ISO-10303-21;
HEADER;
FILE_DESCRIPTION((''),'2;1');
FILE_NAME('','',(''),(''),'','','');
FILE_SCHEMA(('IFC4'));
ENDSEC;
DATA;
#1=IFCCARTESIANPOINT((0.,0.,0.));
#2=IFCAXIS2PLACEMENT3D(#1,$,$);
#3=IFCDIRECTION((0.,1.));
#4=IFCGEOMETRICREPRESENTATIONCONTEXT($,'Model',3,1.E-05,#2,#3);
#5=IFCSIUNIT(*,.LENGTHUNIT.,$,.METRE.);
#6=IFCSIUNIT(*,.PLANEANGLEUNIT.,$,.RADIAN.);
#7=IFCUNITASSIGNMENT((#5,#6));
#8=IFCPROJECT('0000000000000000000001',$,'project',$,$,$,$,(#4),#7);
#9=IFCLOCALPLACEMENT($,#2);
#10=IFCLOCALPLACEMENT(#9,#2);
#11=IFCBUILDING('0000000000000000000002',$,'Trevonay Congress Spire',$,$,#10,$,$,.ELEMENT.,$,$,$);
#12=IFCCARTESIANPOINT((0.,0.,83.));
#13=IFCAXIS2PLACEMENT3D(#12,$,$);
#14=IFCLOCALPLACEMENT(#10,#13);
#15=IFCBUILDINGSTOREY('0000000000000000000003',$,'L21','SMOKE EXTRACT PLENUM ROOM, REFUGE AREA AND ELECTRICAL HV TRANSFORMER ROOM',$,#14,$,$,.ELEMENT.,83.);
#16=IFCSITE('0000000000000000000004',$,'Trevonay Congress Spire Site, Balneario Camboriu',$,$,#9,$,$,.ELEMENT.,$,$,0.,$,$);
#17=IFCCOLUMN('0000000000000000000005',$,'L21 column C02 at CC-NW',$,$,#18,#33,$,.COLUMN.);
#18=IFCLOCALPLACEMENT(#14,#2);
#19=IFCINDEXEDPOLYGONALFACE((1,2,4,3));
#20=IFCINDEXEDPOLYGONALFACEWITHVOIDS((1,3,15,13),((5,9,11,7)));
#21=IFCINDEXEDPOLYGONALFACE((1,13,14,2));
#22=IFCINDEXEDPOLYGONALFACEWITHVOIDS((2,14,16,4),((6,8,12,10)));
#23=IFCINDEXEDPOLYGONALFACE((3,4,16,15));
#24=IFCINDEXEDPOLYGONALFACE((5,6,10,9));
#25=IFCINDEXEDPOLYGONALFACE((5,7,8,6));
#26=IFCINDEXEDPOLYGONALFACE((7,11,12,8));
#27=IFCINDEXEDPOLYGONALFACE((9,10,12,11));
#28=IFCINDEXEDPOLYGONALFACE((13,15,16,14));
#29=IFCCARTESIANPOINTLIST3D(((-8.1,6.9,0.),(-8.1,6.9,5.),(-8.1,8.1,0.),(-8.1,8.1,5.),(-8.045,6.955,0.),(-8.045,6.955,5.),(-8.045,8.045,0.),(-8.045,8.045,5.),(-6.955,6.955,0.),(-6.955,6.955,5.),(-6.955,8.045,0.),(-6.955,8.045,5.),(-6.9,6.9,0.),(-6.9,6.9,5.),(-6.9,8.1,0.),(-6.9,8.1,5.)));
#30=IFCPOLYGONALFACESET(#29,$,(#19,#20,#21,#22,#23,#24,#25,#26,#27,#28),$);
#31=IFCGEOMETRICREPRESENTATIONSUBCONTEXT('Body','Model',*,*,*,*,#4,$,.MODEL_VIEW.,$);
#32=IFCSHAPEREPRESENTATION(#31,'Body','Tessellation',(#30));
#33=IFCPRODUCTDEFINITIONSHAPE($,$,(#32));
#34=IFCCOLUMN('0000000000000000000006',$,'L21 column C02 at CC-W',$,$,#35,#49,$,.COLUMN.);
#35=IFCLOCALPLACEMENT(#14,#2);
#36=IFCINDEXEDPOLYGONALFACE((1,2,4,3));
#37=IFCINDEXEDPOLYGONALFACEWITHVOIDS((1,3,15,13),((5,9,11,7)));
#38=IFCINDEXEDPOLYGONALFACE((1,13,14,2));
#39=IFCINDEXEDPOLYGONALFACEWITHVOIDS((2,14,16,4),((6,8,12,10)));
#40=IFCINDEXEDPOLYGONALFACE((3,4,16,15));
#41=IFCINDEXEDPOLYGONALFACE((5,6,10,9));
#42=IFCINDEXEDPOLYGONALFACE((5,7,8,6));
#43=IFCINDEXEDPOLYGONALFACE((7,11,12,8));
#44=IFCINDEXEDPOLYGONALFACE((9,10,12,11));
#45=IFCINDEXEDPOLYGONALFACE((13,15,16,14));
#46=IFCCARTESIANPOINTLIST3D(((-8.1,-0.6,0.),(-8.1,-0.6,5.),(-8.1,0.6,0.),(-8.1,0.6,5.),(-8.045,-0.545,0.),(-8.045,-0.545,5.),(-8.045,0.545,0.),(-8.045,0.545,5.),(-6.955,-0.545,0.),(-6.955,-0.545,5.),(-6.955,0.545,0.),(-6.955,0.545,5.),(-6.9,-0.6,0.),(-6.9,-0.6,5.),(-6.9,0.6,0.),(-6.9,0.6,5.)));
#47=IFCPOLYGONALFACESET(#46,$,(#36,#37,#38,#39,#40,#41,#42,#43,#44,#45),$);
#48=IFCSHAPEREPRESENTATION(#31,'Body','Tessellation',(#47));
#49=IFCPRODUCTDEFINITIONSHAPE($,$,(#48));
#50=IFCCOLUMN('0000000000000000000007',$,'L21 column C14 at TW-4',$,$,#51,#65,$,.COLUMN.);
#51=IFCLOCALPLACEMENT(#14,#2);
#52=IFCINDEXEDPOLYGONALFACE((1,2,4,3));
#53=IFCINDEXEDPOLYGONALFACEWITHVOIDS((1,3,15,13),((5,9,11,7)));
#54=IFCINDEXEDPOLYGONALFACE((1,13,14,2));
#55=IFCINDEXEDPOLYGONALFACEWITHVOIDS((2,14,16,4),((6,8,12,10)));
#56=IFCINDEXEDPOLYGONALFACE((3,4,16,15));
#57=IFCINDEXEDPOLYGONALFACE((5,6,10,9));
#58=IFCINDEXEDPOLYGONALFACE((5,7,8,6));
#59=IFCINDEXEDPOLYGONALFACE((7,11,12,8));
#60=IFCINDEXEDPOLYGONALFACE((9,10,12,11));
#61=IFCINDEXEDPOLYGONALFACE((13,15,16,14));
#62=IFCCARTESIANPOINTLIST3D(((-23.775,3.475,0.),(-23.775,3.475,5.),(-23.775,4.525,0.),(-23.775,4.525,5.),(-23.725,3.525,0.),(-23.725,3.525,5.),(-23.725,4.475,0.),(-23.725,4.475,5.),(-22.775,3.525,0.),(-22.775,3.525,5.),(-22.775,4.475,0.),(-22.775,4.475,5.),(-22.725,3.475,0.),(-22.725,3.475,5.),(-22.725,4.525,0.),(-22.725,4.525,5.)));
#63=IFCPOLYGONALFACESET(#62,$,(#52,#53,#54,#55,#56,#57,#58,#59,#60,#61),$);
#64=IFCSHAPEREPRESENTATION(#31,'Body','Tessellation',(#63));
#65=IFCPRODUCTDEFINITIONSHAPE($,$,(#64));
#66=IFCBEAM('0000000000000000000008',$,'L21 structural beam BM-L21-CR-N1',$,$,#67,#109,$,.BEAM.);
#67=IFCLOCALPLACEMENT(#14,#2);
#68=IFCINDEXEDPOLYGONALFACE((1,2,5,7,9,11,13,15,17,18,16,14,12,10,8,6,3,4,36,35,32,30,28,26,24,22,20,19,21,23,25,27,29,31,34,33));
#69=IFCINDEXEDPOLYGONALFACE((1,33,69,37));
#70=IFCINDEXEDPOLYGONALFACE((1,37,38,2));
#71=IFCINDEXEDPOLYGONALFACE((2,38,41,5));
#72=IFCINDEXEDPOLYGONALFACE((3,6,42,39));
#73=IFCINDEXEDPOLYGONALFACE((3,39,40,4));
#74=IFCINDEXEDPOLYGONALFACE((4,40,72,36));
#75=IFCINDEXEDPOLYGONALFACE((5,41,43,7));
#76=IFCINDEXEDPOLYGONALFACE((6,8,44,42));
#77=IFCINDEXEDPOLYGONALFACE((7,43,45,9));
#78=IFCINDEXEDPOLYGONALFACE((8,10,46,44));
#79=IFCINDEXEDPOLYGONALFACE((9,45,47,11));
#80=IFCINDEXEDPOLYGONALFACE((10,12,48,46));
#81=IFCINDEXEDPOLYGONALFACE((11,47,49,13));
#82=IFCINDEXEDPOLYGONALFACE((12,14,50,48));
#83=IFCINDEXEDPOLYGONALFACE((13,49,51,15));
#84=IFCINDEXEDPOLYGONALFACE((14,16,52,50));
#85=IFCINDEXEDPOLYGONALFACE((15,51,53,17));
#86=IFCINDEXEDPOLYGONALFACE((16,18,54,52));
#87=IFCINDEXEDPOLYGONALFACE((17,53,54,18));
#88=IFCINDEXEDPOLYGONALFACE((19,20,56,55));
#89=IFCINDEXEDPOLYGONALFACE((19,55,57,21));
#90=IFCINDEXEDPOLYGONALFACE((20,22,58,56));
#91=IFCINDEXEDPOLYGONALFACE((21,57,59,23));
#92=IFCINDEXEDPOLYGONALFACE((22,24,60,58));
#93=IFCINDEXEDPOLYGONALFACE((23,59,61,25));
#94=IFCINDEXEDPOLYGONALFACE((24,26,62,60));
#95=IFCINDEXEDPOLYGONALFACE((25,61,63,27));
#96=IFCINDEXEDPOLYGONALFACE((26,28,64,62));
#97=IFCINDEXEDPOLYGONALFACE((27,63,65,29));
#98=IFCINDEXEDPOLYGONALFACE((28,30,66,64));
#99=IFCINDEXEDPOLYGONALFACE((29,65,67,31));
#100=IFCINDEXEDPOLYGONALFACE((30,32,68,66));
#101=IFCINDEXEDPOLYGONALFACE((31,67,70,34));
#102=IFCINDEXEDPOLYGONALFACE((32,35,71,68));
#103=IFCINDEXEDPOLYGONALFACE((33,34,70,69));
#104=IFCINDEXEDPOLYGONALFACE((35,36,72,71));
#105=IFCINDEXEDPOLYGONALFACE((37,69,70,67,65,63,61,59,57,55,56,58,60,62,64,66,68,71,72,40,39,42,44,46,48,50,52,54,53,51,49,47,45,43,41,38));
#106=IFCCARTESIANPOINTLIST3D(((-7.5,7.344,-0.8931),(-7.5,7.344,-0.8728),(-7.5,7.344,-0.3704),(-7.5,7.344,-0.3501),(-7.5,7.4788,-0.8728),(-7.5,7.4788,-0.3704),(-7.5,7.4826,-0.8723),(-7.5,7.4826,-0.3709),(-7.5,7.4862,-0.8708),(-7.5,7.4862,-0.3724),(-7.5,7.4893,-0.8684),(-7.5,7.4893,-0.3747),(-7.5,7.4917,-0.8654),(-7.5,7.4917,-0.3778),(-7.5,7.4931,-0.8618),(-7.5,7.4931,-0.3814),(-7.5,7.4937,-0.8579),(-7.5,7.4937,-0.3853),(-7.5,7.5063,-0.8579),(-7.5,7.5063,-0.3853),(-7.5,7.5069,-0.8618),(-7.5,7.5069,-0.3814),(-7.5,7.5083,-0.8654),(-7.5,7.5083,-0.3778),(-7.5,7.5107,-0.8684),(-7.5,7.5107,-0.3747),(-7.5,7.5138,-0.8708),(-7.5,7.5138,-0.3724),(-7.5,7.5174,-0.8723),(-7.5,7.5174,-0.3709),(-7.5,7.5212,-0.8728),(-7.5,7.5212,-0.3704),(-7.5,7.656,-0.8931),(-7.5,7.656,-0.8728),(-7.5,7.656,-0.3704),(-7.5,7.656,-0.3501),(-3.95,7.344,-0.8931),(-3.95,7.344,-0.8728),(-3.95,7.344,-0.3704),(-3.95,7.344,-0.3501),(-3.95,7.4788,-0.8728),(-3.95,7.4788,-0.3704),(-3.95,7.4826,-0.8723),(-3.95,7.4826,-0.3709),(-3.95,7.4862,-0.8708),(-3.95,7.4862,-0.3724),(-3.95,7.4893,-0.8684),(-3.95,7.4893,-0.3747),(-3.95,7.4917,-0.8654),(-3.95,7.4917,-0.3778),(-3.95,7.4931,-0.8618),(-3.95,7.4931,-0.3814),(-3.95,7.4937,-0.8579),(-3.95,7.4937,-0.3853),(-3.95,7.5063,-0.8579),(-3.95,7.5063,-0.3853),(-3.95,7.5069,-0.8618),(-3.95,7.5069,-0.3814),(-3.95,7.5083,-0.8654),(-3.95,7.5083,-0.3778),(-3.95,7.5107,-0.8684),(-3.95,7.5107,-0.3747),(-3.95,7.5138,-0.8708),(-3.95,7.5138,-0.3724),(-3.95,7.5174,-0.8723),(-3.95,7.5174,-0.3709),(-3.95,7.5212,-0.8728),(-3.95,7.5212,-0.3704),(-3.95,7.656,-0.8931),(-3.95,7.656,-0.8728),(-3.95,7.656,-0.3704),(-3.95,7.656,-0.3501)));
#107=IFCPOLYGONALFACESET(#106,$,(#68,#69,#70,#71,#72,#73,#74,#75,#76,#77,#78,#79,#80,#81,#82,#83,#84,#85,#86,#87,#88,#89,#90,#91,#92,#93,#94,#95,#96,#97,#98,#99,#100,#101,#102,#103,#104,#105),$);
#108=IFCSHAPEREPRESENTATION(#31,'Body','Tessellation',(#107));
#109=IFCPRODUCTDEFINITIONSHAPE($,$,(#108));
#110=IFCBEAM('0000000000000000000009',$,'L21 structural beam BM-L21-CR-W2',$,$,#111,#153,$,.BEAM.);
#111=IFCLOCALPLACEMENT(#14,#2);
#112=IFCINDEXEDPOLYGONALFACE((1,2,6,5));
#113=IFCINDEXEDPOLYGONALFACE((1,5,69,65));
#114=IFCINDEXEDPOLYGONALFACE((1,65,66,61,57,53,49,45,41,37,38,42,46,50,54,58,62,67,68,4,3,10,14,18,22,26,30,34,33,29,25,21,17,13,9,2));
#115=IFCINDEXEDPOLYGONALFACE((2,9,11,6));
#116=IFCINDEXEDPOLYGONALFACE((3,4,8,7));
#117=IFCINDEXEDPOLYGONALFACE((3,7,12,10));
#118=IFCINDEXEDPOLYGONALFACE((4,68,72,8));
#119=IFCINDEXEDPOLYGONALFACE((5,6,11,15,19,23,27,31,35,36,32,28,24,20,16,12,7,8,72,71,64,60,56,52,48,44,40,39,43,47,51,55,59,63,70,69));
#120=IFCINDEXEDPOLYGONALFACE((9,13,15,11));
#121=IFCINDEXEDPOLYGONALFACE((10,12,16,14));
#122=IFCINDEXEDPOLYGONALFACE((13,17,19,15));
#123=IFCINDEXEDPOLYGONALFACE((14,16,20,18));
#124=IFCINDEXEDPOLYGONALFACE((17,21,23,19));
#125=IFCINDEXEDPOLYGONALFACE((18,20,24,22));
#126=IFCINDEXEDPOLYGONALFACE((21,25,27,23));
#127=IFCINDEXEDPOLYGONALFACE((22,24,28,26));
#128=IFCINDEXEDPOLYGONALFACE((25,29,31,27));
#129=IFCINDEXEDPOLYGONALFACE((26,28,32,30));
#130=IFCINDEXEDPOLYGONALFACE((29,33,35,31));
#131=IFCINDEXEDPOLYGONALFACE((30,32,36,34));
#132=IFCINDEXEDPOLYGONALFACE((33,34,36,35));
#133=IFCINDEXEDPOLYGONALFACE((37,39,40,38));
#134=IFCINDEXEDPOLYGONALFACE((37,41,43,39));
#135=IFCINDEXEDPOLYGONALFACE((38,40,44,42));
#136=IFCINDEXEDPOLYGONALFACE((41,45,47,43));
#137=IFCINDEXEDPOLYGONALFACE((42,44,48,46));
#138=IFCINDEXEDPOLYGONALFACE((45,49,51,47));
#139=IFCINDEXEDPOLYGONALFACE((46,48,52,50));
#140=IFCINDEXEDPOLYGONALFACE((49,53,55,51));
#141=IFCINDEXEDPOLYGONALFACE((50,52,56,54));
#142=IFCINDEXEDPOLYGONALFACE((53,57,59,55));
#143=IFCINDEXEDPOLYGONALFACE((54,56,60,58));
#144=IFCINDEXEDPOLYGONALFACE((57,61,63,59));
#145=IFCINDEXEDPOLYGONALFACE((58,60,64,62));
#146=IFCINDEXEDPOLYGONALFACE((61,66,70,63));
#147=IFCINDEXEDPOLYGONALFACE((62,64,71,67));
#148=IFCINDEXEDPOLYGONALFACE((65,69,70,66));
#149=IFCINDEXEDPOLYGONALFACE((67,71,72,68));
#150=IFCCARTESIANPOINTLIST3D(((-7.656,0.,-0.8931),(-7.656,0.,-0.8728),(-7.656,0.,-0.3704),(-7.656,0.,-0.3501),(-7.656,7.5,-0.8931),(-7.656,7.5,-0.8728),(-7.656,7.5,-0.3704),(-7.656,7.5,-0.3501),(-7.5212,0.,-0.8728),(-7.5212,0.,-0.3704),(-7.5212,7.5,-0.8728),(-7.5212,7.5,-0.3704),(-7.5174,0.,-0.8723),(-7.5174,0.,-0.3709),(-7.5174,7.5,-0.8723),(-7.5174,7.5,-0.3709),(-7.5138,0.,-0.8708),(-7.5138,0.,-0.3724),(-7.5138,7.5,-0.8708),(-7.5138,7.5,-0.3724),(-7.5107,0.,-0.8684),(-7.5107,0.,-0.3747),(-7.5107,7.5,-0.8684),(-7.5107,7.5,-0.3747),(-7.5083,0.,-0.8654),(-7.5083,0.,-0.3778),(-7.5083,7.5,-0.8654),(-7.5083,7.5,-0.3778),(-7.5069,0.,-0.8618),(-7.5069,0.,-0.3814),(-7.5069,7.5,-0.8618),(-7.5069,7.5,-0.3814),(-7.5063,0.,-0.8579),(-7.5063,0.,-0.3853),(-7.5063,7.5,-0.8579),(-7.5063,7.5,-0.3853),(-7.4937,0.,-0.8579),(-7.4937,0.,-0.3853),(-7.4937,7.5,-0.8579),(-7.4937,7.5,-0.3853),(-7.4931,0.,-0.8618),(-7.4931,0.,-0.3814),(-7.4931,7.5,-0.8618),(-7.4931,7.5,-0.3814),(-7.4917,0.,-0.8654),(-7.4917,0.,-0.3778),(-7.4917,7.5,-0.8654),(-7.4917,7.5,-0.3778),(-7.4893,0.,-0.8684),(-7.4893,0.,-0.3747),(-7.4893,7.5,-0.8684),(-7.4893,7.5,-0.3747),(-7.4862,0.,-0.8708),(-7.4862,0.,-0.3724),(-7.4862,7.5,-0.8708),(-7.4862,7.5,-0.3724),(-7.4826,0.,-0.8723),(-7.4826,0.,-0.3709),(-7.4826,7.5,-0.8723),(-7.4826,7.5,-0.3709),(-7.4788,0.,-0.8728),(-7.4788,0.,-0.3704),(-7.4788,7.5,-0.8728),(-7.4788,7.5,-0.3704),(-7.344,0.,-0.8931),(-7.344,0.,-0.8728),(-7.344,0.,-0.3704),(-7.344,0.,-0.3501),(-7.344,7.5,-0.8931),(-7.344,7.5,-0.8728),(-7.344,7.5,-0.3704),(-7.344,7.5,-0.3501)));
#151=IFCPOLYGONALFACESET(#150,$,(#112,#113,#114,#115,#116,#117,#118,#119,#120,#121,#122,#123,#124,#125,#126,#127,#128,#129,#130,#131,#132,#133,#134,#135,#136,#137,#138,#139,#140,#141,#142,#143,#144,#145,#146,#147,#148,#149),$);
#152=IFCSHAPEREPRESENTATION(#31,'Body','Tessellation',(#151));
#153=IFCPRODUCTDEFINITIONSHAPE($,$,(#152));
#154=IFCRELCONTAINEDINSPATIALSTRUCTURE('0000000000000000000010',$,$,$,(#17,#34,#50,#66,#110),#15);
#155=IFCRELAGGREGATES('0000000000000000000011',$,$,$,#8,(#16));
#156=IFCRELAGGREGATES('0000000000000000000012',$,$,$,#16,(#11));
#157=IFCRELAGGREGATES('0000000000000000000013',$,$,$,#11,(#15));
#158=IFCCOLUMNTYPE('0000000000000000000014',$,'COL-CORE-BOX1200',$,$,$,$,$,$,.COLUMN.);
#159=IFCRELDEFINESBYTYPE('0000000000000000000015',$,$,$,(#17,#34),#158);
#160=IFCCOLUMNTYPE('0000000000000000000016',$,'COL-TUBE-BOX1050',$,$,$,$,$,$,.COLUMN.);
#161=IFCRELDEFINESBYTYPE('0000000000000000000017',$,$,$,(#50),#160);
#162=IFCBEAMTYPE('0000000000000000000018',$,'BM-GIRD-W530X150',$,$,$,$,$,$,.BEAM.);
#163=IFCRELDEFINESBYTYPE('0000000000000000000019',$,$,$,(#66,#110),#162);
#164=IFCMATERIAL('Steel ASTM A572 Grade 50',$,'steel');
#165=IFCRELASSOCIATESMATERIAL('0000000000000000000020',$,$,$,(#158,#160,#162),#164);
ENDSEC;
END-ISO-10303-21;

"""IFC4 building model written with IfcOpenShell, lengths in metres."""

from ifc_helpers import new_model, si_unit, direction, frame, origin, origin_2d, place, context, subcontext, project, spatial, hollow_rectangle, i_section, extrude, material, material_profile, profile_set, type_object, element, save


model = new_model("IFC4")

# Units and contexts
model_context = context("Model", 3, precision=1e-05, world=origin(), true_north=direction((0.0, 1.0)))
body_context = subcontext(model_context, "Body", "Model", "MODEL_VIEW")
ifc_project = project(units=[si_unit("LENGTHUNIT", "METRE"), si_unit("PLANEANGLEUNIT", "RADIAN")], contexts=[model_context])

# Site, building, storey
site_placement = place(None, origin())
site = spatial("IfcSite", under=ifc_project, at=site_placement, Name="Trevonay Congress Spire Site, Balneario Camboriu", CompositionType="ELEMENT", RefElevation=0.0)
building_placement = place(site_placement, origin())
building = spatial("IfcBuilding", under=site, at=building_placement, Name="Trevonay Congress Spire", CompositionType="ELEMENT")
storey_placement = place(building_placement, frame((0.0, 0.0, 83.0)))
storey = spatial("IfcBuildingStorey", under=building, at=storey_placement, Name="L21", Description="SMOKE EXTRACT PLENUM ROOM, REFUGE AREA AND ELECTRICAL HV TRANSFORMER ROOM", CompositionType="ELEMENT", Elevation=83.0)

# Columns
ifc_material_1 = material(Name="Steel ASTM A572 Grade 50", Category="steel")
ifc_material_profile_1 = material_profile(ifc_material_1, hollow_rectangle(XDim=1.2, YDim=1.2, WallThickness=0.0549, at=origin_2d()), Name="BOX 1200x1200x55")
ifc_profile_set_1 = profile_set([ifc_material_profile_1], Name="Steel ASTM A572 Grade 50")
column_type_1 = type_object("IfcColumnType", Name="COL-CORE-BOX1200", PredefinedType="COLUMN", material=ifc_profile_set_1)
for number, where, z_axis, x_axis, name in (
    (1, (-7.5, 7.5, 0.0), (0.0, 0.0, 1.0), (1.0, 0.0, 0.0), "L21 column C02 at CC-NW"),
    (2, (-7.5, 0.0, 0.0), (0.0, 0.0, 1.0), (1.0, 0.0, 0.0), "L21 column C02 at CC-W"),
):
    element("IfcColumn", number, at=place(storey_placement, frame(where, z_axis=z_axis, x_axis=x_axis)), inside=storey, type_object=column_type_1, Name=name, PredefinedType="COLUMN", context=body_context, shape_type="SweptSolid", body=[
        extrude(hollow_rectangle(XDim=1.2, YDim=1.2, WallThickness=0.0549, at=origin_2d()), origin(), (0.0, 0.0, 1.0), 5.0),
    ])
ifc_material_profile_2 = material_profile(ifc_material_1, hollow_rectangle(XDim=1.05, YDim=1.05, WallThickness=0.05, at=origin_2d()), Name="BOX 1050x1050x50")
ifc_profile_set_2 = profile_set([ifc_material_profile_2], Name="Steel ASTM A572 Grade 50")
column_type_2 = type_object("IfcColumnType", Name="COL-TUBE-BOX1050", PredefinedType="COLUMN", material=ifc_profile_set_2)
column_placement = place(storey_placement, frame((-23.25, 4.0, 0.0), z_axis=(0.0, 0.0, 1.0), x_axis=(1.0, 0.0, 0.0)))
element("IfcColumn", 3, at=column_placement, inside=storey, type_object=column_type_2, Name="L21 column C14 at TW-4", PredefinedType="COLUMN", context=body_context, shape_type="SweptSolid", body=[
    extrude(hollow_rectangle(XDim=1.05, YDim=1.05, WallThickness=0.05, at=origin_2d()), origin(), (0.0, 0.0, 1.0), 5.0),
])

# Beams
ifc_material_profile_3 = material_profile(ifc_material_1, i_section(OverallWidth=0.312, OverallDepth=0.543, WebThickness=0.0127, FlangeThickness=0.0203, FilletRadius=0.0149, at=origin_2d()), Name="W530x150")
ifc_profile_set_3 = profile_set([ifc_material_profile_3], Name="Steel ASTM A572 Grade 50")
beam_type_1 = type_object("IfcBeamType", Name="BM-GIRD-W530X150", PredefinedType="BEAM", material=ifc_profile_set_3)
beam_1_placement = place(storey_placement, frame((-7.5, 7.5, -0.6216), z_axis=(1.0, 0.0, 0.0), x_axis=(0.0, 1.0, 0.0)))
element("IfcBeam", 4, at=beam_1_placement, inside=storey, type_object=beam_type_1, Name="L21 structural beam BM-L21-CR-N1", PredefinedType="BEAM", context=body_context, shape_type="SweptSolid", body=[
    extrude(i_section(OverallWidth=0.312, OverallDepth=0.543, WebThickness=0.0127, FlangeThickness=0.0203, FilletRadius=0.0149, at=origin_2d()), origin(), (0.0, 0.0, 1.0), 3.55),
])
beam_2_placement = place(storey_placement, frame((-7.5, 0.0, -0.6216), z_axis=(0.0, 1.0, 0.0), x_axis=(-1.0, 0.0, 0.0)))
element("IfcBeam", 5, at=beam_2_placement, inside=storey, type_object=beam_type_1, Name="L21 structural beam BM-L21-CR-W2", PredefinedType="BEAM", context=body_context, shape_type="SweptSolid", body=[
    extrude(i_section(OverallWidth=0.312, OverallDepth=0.543, WebThickness=0.0127, FlangeThickness=0.0203, FilletRadius=0.0149, at=origin_2d()), origin(), (0.0, 0.0, 1.0), 7.5),
])

save(model, "model.ifc")
